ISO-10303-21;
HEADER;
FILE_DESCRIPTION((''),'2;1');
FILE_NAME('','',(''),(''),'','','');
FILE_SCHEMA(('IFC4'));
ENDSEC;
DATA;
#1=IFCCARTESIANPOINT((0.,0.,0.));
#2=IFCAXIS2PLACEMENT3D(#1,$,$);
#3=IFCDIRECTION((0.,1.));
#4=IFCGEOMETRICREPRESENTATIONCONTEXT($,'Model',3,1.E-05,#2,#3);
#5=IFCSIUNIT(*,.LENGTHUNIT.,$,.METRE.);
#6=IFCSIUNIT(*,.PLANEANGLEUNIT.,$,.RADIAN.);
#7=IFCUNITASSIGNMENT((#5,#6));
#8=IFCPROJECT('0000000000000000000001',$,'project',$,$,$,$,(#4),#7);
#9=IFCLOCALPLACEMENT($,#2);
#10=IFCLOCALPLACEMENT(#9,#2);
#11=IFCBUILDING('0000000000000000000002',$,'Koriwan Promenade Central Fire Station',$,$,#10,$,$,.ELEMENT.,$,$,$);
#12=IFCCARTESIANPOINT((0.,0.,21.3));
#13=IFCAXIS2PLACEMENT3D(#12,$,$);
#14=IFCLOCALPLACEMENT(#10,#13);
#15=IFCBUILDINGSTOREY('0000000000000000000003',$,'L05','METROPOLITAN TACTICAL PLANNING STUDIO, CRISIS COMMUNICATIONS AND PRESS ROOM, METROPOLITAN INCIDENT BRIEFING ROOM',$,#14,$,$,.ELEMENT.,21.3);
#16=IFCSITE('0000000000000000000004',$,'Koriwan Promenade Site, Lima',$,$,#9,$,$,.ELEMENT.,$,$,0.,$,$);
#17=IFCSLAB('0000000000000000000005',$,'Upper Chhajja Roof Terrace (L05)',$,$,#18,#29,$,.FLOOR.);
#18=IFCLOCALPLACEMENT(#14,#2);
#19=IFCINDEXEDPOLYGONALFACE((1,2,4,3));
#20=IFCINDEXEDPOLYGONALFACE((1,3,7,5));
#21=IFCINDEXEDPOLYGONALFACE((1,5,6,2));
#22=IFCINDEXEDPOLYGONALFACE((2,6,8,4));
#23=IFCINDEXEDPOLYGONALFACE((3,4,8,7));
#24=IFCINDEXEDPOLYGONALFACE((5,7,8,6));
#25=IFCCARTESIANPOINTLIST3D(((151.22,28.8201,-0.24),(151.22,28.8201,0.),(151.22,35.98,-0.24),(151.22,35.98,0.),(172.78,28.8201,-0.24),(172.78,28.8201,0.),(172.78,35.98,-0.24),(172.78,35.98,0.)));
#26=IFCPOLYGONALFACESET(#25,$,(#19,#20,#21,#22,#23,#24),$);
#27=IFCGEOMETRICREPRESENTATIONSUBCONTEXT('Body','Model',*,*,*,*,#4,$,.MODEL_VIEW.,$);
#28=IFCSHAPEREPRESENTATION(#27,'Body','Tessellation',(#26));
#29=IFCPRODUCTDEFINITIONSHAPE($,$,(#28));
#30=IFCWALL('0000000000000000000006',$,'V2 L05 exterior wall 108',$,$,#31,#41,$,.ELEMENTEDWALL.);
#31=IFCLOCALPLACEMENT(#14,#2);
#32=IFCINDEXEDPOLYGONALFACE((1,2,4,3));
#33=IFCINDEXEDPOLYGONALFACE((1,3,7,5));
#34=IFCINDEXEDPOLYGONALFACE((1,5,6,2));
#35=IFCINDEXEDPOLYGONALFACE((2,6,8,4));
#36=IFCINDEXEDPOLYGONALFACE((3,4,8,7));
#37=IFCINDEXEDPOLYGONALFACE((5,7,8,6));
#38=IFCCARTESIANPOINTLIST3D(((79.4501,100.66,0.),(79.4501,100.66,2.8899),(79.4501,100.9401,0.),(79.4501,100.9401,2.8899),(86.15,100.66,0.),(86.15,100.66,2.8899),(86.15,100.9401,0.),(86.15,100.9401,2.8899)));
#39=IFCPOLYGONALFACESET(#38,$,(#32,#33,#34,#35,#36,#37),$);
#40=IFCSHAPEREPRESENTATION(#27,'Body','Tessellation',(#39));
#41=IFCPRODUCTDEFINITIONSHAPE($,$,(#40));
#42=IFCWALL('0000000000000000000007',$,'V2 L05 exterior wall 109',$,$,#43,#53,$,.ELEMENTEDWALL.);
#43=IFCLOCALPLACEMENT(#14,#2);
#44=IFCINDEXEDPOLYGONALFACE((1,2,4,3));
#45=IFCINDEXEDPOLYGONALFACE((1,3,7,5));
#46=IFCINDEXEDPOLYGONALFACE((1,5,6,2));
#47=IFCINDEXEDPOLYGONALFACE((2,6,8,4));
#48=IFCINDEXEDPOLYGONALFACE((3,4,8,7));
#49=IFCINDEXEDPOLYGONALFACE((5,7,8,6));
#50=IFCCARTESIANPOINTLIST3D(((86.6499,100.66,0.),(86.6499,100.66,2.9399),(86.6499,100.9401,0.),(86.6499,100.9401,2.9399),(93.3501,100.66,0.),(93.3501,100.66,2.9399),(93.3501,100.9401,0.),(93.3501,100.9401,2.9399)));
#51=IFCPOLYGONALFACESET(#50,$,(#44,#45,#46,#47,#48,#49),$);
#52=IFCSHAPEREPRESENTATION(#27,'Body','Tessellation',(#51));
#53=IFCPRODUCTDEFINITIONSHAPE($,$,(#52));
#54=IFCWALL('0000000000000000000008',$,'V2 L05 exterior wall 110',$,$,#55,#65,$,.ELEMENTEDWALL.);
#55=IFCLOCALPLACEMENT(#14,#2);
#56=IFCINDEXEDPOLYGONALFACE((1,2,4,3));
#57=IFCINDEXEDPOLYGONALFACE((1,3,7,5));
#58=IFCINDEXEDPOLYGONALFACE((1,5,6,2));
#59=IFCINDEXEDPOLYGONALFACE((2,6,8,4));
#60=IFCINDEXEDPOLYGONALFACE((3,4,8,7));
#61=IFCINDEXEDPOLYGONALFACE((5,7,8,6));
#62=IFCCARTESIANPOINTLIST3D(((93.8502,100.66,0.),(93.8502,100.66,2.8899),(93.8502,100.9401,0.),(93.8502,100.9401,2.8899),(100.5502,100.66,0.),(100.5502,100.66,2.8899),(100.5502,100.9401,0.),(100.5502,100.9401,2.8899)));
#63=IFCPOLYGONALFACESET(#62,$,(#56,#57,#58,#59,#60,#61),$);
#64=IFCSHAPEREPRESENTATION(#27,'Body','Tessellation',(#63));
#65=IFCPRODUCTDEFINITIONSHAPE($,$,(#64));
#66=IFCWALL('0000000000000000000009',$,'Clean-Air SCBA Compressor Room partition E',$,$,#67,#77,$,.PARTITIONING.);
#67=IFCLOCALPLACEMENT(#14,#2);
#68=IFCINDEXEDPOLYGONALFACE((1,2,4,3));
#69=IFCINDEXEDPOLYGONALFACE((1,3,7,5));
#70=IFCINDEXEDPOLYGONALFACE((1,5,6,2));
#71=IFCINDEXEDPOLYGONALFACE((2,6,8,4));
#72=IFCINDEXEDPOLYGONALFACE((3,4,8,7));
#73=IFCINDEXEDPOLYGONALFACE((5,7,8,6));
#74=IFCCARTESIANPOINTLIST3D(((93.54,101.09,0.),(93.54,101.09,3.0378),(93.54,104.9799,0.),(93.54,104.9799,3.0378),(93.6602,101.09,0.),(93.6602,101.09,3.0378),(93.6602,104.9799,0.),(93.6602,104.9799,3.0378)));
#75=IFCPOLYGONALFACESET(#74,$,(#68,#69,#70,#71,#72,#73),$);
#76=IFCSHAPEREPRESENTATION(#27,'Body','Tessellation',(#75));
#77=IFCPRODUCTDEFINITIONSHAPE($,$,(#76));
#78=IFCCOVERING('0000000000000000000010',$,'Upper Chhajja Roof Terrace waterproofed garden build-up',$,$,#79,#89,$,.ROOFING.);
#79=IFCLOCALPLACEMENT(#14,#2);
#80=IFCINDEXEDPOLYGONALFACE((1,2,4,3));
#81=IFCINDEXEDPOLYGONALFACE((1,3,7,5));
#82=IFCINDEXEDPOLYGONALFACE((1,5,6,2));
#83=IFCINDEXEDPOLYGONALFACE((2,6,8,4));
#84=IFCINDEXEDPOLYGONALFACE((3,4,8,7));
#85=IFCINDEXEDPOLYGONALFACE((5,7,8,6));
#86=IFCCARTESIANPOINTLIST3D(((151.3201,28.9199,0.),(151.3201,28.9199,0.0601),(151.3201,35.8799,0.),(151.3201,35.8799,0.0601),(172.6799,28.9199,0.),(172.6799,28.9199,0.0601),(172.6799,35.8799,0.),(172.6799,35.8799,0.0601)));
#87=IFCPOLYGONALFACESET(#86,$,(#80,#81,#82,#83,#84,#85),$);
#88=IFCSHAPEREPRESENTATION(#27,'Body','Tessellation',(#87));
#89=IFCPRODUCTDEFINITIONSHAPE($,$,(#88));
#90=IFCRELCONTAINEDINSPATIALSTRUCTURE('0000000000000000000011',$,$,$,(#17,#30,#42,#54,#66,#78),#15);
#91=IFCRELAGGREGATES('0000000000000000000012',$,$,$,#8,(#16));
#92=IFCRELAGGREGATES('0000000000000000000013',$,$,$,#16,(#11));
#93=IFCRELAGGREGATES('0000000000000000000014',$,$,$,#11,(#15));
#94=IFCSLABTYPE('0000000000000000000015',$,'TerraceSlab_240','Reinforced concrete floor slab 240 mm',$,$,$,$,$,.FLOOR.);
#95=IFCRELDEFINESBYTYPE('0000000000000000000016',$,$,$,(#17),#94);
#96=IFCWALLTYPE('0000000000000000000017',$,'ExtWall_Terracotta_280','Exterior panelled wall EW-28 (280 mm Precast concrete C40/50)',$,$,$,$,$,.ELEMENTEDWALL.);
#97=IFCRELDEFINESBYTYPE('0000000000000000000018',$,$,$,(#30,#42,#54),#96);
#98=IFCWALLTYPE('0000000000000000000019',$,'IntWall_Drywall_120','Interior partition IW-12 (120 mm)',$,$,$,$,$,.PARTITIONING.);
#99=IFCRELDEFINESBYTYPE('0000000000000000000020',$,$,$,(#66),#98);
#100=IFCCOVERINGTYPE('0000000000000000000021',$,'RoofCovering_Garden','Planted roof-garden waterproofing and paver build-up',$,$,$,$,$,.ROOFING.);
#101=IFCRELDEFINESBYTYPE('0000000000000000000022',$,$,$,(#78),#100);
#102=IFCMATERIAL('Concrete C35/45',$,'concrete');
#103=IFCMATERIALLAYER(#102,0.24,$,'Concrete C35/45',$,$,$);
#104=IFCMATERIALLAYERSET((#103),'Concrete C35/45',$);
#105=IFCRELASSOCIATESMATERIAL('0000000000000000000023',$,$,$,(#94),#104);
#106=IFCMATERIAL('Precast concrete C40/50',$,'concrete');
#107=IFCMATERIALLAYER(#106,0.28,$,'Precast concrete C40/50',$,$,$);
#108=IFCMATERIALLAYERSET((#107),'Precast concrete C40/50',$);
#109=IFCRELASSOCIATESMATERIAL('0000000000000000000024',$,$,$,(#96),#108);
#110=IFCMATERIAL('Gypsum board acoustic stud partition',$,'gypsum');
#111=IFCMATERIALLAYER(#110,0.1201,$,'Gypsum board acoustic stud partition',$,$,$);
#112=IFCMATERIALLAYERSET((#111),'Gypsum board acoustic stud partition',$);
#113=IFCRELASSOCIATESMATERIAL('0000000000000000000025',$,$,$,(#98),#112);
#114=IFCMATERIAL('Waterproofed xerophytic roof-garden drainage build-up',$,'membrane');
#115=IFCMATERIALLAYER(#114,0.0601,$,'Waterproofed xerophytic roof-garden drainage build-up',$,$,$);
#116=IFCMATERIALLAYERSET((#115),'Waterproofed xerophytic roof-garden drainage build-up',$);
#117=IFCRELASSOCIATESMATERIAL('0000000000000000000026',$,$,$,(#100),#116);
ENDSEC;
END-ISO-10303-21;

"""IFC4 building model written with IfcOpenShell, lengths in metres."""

from ifc_helpers import new_model, si_unit, direction, frame, frame_2d, origin, place, context, subcontext, project, spatial, polyline, rectangle, outline, extrude, material, layer, layer_set, type_object, element, save


model = new_model("IFC4")

# Units and contexts
model_context = context("Model", 3, precision=1e-05, world=origin(), true_north=direction((0.0, 1.0)))
body_context = subcontext(model_context, "Body", "Model", "MODEL_VIEW")
ifc_project = project(units=[si_unit("LENGTHUNIT", "METRE"), si_unit("PLANEANGLEUNIT", "RADIAN")], contexts=[model_context])

# Site, building, storey
site_placement = place(None, origin())
site = spatial("IfcSite", under=ifc_project, at=site_placement, Name="Koriwan Promenade Site, Lima", CompositionType="ELEMENT", RefElevation=0.0)
building_placement = place(site_placement, origin())
building = spatial("IfcBuilding", under=site, at=building_placement, Name="Koriwan Promenade Central Fire Station", CompositionType="ELEMENT")
storey_placement = place(building_placement, frame((0.0, 0.0, 21.3)))
storey = spatial("IfcBuildingStorey", under=building, at=storey_placement, Name="L05", Description="METROPOLITAN TACTICAL PLANNING STUDIO, CRISIS COMMUNICATIONS AND PRESS ROOM, METROPOLITAN INCIDENT BRIEFING ROOM", CompositionType="ELEMENT", Elevation=21.3)

# Shared definitions
ifc_material_1 = material(Name="Concrete C35/45", Category="concrete")

# Slab
ifc_layer_1 = layer(ifc_material_1, 0.24, Name="Concrete C35/45")
ifc_layer_set_1 = layer_set([ifc_layer_1], Name="Concrete C35/45")
slab_type_1 = type_object("IfcSlabType", Name="TerraceSlab_240", Description="Reinforced concrete floor slab 240 mm", PredefinedType="FLOOR", material=ifc_layer_set_1)
slab_1_placement = place(storey_placement, frame((0.0, 0.0, -0.24)))
element("IfcSlab", 1, at=slab_1_placement, inside=storey, type_object=slab_type_1, Name="Upper Chhajja Roof Terrace (L05)", PredefinedType="FLOOR", context=body_context, shape_type="SweptSolid", body=[
    extrude(outline(polyline([(172.78, 28.8201), (151.22, 28.8201), (151.22, 35.98), (172.78, 35.98), (172.78, 28.8201)])), origin(), (0.0, 0.0, 1.0), 0.24),
])

# Walls
ifc_material_2 = material(Name="Precast concrete C40/50", Category="concrete")
ifc_layer_2 = layer(ifc_material_2, 0.28, Name="Precast concrete C40/50")
ifc_layer_set_2 = layer_set([ifc_layer_2], Name="Precast concrete C40/50")
wall_type_1 = type_object("IfcWallType", Name="ExtWall_Terracotta_280", Description="Exterior panelled wall EW-28 (280 mm Precast concrete C40/50)", PredefinedType="ELEMENTEDWALL", material=ifc_layer_set_2)
wall_1_placement = place(storey_placement, frame((79.45, 100.8, 0.0), z_axis=(0.0, 0.0, 1.0), x_axis=(1.0, 0.0, 0.0)))
element("IfcWall", 2, at=wall_1_placement, inside=storey, type_object=wall_type_1, Name="V2 L05 exterior wall 108", PredefinedType="ELEMENTEDWALL", context=body_context, shape_type="SweptSolid", body=[
    extrude(rectangle(XDim=6.7, YDim=0.28, at=frame_2d((3.3501, 0.0))), origin(), (0.0, 0.0, 1.0), 2.8899),
])
wall_2_placement = place(storey_placement, frame((86.6499, 100.8, 0.0), z_axis=(0.0, 0.0, 1.0), x_axis=(1.0, 0.0, 0.0)))
element("IfcWall", 3, at=wall_2_placement, inside=storey, type_object=wall_type_1, Name="V2 L05 exterior wall 109", PredefinedType="ELEMENTEDWALL", context=body_context, shape_type="SweptSolid", body=[
    extrude(rectangle(XDim=6.7002, YDim=0.28, at=frame_2d((3.3501, 0.0))), origin(), (0.0, 0.0, 1.0), 2.9399),
])
wall_3_placement = place(storey_placement, frame((93.8501, 100.8, 0.0), z_axis=(0.0, 0.0, 1.0), x_axis=(1.0, 0.0, 0.0)))
element("IfcWall", 4, at=wall_3_placement, inside=storey, type_object=wall_type_1, Name="V2 L05 exterior wall 110", PredefinedType="ELEMENTEDWALL", context=body_context, shape_type="SweptSolid", body=[
    extrude(rectangle(XDim=6.7, YDim=0.28, at=frame_2d((3.3501, 0.0))), origin(), (0.0, 0.0, 1.0), 2.8899),
])
ifc_material_3 = material(Name="Gypsum board acoustic stud partition", Category="gypsum")
ifc_layer_3 = layer(ifc_material_3, 0.1201, Name="Gypsum board acoustic stud partition")
ifc_layer_set_3 = layer_set([ifc_layer_3], Name="Gypsum board acoustic stud partition")
wall_type_2 = type_object("IfcWallType", Name="IntWall_Drywall_120", Description="Interior partition IW-12 (120 mm)", PredefinedType="PARTITIONING", material=ifc_layer_set_3)
wall_4_placement = place(storey_placement, frame((93.6001, 101.0901, 0.0), z_axis=(0.0, 0.0, 1.0), x_axis=(0.0, 1.0, 0.0)))
element("IfcWall", 5, at=wall_4_placement, inside=storey, type_object=wall_type_2, Name="Clean-Air SCBA Compressor Room partition E", PredefinedType="PARTITIONING", context=body_context, shape_type="SweptSolid", body=[
    extrude(rectangle(XDim=3.8899, YDim=0.1201, at=frame_2d((1.9448, 0.0))), origin(), (0.0, 0.0, 1.0), 3.0378),
])

# Covering
ifc_material_4 = material(Name="Waterproofed xerophytic roof-garden drainage build-up", Category="membrane")
ifc_layer_4 = layer(ifc_material_4, 0.0601, Name="Waterproofed xerophytic roof-garden drainage build-up")
ifc_layer_set_4 = layer_set([ifc_layer_4], Name="Waterproofed xerophytic roof-garden drainage build-up")
covering_type = type_object("IfcCoveringType", Name="RoofCovering_Garden", Description="Planted roof-garden waterproofing and paver build-up", PredefinedType="ROOFING", material=ifc_layer_set_4)
covering_placement = place(storey_placement, origin())
element("IfcCovering", 6, at=covering_placement, inside=storey, type_object=covering_type, Name="Upper Chhajja Roof Terrace waterproofed garden build-up", PredefinedType="ROOFING", context=body_context, shape_type="SweptSolid", body=[
    extrude(outline(polyline([(172.6799, 28.9199), (151.3201, 28.9199), (151.3201, 35.8799), (172.6799, 35.8799), (172.6799, 28.9199)])), origin(), (0.0, 0.0, 1.0), 0.0601),
])

save(model, "model.ifc")
